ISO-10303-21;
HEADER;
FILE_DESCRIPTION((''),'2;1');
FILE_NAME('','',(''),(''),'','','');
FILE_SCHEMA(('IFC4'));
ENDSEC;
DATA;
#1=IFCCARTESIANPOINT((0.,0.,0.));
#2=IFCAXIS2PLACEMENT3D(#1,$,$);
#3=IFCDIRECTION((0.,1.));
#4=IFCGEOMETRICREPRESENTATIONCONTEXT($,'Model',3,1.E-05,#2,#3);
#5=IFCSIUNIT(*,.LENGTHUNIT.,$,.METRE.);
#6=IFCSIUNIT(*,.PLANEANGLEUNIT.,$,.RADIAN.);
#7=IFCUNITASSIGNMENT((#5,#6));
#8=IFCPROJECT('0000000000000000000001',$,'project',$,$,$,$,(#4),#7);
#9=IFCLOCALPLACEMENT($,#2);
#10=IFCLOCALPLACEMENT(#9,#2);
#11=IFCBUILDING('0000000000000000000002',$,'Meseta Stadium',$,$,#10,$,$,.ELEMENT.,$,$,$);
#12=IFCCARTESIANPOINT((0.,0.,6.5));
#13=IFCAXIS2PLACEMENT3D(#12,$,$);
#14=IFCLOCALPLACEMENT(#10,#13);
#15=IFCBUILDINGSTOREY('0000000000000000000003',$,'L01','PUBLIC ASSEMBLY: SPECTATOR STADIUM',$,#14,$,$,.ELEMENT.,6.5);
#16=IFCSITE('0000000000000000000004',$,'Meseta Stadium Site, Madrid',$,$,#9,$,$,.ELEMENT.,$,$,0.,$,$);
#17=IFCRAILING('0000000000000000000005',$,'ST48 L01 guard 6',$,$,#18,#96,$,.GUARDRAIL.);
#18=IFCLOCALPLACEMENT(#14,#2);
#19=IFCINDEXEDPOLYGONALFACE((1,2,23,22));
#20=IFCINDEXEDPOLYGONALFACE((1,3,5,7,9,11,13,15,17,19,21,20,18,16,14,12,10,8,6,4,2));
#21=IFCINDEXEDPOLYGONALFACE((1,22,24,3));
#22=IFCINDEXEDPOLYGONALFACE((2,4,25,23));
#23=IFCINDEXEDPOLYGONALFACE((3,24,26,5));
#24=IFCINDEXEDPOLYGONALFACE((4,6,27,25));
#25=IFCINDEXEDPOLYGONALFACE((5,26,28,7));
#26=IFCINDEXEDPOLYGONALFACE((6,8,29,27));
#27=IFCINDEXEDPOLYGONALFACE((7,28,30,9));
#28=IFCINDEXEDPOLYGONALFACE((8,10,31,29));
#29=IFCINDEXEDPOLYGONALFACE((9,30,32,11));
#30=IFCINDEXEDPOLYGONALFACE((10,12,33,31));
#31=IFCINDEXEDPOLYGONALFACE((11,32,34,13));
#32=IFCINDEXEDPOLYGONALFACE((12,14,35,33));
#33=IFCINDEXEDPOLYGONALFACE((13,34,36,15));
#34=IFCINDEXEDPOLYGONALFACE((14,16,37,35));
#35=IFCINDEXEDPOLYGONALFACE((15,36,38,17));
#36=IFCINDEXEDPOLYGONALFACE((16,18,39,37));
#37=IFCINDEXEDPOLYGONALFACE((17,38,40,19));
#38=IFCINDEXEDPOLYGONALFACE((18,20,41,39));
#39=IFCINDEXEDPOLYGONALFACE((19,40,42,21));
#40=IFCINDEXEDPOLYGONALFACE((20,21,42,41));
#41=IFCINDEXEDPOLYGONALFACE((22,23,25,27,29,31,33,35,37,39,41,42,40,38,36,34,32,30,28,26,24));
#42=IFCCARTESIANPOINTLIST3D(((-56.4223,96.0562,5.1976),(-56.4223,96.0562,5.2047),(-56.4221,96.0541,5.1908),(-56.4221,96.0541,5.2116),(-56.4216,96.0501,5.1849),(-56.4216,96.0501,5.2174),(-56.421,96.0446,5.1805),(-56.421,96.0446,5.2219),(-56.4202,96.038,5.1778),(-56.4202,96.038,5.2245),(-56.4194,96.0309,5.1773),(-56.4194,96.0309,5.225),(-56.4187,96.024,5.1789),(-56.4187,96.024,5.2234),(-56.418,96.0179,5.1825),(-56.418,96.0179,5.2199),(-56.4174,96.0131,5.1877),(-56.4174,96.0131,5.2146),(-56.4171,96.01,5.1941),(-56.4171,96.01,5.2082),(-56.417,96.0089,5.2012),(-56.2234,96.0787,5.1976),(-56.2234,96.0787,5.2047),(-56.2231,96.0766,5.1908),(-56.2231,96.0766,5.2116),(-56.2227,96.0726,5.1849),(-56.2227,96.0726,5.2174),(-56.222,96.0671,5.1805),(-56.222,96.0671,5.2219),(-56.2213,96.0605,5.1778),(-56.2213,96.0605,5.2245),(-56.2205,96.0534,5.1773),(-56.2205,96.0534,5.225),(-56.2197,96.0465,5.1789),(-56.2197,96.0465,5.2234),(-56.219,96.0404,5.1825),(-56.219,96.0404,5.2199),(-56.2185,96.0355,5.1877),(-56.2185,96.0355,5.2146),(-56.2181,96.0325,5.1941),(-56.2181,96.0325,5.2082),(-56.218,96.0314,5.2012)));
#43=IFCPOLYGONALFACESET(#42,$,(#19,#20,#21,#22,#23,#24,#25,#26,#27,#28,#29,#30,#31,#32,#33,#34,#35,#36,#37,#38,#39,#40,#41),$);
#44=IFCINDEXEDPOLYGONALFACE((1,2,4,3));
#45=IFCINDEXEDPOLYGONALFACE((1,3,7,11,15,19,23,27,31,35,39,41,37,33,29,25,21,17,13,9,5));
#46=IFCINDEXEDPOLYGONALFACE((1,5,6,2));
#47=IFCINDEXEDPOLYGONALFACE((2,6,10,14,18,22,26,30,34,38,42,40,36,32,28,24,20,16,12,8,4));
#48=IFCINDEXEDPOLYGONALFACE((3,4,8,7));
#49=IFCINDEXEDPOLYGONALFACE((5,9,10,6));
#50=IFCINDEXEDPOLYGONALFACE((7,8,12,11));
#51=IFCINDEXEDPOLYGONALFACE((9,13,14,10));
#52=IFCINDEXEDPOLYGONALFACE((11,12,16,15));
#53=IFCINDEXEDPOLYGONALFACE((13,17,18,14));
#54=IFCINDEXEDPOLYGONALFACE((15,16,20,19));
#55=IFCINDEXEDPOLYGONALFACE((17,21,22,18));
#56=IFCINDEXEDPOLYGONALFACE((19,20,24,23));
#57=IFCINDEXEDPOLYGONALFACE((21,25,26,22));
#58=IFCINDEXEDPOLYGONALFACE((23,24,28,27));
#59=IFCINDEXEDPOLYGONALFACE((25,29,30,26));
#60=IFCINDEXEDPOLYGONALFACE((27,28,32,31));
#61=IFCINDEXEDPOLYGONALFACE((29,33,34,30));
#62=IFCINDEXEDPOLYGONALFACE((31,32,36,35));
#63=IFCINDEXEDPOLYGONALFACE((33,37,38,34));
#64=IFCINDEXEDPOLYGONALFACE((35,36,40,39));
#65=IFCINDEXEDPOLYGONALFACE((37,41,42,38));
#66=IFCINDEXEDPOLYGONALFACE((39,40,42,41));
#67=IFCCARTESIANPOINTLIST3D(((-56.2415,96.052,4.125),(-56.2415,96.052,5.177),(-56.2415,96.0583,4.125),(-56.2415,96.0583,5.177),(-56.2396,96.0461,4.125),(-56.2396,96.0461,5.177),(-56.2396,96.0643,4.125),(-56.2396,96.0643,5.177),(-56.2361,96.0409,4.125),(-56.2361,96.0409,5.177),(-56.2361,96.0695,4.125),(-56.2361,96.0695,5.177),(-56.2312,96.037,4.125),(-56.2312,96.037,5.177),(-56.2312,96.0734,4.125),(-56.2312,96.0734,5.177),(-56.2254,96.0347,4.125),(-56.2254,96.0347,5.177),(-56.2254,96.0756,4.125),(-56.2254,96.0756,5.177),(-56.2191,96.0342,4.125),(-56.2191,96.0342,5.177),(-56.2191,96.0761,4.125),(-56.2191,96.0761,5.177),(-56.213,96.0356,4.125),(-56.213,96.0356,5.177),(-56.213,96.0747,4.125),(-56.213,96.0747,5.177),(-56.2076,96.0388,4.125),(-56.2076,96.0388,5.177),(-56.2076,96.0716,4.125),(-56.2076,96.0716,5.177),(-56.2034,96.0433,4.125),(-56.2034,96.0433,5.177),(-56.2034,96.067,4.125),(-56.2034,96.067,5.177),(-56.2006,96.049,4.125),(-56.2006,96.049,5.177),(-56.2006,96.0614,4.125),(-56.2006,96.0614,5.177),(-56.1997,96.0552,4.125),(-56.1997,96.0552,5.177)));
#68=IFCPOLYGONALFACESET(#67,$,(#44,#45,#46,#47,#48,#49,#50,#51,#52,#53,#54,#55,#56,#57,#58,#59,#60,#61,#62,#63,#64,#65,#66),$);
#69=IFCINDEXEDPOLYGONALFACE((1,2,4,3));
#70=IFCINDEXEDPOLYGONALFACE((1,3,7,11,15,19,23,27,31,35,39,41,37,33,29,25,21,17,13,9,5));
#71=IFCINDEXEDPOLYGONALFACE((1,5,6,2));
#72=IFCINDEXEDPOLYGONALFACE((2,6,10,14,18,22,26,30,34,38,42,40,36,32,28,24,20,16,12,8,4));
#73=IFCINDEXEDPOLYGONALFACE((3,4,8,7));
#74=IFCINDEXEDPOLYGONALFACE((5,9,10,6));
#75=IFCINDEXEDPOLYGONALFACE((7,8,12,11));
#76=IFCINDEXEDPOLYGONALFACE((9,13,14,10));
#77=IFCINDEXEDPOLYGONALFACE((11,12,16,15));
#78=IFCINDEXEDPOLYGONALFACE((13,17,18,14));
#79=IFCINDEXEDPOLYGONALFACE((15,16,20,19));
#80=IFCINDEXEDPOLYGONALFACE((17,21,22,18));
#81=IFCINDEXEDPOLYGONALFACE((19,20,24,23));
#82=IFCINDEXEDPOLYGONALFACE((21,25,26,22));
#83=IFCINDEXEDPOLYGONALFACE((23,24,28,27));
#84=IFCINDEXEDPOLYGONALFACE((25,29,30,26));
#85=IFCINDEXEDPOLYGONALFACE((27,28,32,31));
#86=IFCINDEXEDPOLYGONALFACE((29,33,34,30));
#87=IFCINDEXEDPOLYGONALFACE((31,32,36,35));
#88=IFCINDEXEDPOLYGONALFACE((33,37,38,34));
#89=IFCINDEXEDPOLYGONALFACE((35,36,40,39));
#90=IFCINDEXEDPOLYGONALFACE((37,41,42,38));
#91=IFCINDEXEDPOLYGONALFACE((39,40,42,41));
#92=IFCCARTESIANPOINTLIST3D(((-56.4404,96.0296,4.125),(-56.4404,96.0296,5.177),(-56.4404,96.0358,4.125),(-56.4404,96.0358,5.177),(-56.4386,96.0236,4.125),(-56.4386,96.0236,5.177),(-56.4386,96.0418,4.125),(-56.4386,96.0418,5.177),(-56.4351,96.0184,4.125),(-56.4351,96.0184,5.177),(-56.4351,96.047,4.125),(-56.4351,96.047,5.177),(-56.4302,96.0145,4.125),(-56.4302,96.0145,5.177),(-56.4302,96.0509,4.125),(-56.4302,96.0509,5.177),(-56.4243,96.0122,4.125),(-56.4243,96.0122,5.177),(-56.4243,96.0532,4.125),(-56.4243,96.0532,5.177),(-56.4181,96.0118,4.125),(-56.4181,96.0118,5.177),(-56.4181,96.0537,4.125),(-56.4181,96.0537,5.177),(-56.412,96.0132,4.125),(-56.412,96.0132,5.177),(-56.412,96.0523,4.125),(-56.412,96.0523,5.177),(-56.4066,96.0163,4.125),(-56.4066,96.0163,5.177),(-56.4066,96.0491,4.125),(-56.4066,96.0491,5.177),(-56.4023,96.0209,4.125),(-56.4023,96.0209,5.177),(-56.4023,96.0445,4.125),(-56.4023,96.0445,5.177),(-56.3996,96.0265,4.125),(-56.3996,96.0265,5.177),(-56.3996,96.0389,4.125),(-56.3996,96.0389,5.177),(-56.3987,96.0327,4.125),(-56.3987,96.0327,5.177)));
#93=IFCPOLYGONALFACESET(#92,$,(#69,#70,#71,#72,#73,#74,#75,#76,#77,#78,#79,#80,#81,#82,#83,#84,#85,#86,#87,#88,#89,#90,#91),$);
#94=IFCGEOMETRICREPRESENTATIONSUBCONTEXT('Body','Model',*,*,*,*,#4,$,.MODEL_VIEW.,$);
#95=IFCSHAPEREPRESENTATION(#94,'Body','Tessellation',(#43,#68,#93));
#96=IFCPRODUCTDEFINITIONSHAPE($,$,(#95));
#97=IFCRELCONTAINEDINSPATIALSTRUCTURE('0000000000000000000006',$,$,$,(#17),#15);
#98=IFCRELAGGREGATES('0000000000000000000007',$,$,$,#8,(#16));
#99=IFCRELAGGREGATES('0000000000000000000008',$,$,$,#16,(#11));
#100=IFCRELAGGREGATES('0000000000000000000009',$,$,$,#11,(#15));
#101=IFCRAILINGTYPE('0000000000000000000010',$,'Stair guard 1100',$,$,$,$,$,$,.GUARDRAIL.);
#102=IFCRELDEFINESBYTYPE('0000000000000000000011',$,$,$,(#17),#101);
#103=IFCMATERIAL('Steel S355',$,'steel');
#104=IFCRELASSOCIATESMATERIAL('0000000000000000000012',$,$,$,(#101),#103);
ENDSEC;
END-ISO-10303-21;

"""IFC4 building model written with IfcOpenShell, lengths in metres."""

from ifc_helpers import new_model, si_unit, direction, frame, origin, origin_2d, place, context, subcontext, project, spatial, circle, extrude, material, type_object, element, save


model = new_model("IFC4")

# Units and contexts
model_context = context("Model", 3, precision=1e-05, world=origin(), true_north=direction((0.0, 1.0)))
body_context = subcontext(model_context, "Body", "Model", "MODEL_VIEW")
ifc_project = project(units=[si_unit("LENGTHUNIT", "METRE"), si_unit("PLANEANGLEUNIT", "RADIAN")], contexts=[model_context])

# Site, building, storey
site_placement = place(None, origin())
site = spatial("IfcSite", under=ifc_project, at=site_placement, Name="Meseta Stadium Site, Madrid", CompositionType="ELEMENT", RefElevation=0.0)
building_placement = place(site_placement, origin())
building = spatial("IfcBuilding", under=site, at=building_placement, Name="Meseta Stadium", CompositionType="ELEMENT")
storey_placement = place(building_placement, frame((0.0, 0.0, 6.5)))
storey = spatial("IfcBuildingStorey", under=building, at=storey_placement, Name="L01", Description="PUBLIC ASSEMBLY: SPECTATOR STADIUM", CompositionType="ELEMENT", Elevation=6.5)

# Railing
ifc_material_1 = material(Name="Steel S355", Category="steel")
railing_type_1 = type_object("IfcRailingType", Name="Stair guard 1100", PredefinedType="GUARDRAIL", material=ifc_material_1)
railing_1_placement = place(storey_placement, frame((-56.2207, 96.0552, 4.125)))
element("IfcRailing", 1, at=railing_1_placement, inside=storey, type_object=railing_type_1, Name="ST48 L01 guard 6", PredefinedType="GUARDRAIL", context=body_context, shape_type="SweptSolid", body=[
    extrude(circle(Radius=0.0239, at=origin_2d()), frame((0.0, 0.0, 1.0762), z_axis=(-0.993689, -0.112171, 0.0), x_axis=(0.112171, -0.993689, 0.0)), (0.0, 0.0, 1.0), 0.2002),
    extrude(circle(Radius=0.021, at=origin_2d()), origin(), (0.0, 0.0, 1.0), 1.052),
    extrude(circle(Radius=0.021, at=origin_2d()), frame((-0.199, -0.0225, 0.0)), (0.0, 0.0, 1.0), 1.052),
])

save(model, "model.ifc")
